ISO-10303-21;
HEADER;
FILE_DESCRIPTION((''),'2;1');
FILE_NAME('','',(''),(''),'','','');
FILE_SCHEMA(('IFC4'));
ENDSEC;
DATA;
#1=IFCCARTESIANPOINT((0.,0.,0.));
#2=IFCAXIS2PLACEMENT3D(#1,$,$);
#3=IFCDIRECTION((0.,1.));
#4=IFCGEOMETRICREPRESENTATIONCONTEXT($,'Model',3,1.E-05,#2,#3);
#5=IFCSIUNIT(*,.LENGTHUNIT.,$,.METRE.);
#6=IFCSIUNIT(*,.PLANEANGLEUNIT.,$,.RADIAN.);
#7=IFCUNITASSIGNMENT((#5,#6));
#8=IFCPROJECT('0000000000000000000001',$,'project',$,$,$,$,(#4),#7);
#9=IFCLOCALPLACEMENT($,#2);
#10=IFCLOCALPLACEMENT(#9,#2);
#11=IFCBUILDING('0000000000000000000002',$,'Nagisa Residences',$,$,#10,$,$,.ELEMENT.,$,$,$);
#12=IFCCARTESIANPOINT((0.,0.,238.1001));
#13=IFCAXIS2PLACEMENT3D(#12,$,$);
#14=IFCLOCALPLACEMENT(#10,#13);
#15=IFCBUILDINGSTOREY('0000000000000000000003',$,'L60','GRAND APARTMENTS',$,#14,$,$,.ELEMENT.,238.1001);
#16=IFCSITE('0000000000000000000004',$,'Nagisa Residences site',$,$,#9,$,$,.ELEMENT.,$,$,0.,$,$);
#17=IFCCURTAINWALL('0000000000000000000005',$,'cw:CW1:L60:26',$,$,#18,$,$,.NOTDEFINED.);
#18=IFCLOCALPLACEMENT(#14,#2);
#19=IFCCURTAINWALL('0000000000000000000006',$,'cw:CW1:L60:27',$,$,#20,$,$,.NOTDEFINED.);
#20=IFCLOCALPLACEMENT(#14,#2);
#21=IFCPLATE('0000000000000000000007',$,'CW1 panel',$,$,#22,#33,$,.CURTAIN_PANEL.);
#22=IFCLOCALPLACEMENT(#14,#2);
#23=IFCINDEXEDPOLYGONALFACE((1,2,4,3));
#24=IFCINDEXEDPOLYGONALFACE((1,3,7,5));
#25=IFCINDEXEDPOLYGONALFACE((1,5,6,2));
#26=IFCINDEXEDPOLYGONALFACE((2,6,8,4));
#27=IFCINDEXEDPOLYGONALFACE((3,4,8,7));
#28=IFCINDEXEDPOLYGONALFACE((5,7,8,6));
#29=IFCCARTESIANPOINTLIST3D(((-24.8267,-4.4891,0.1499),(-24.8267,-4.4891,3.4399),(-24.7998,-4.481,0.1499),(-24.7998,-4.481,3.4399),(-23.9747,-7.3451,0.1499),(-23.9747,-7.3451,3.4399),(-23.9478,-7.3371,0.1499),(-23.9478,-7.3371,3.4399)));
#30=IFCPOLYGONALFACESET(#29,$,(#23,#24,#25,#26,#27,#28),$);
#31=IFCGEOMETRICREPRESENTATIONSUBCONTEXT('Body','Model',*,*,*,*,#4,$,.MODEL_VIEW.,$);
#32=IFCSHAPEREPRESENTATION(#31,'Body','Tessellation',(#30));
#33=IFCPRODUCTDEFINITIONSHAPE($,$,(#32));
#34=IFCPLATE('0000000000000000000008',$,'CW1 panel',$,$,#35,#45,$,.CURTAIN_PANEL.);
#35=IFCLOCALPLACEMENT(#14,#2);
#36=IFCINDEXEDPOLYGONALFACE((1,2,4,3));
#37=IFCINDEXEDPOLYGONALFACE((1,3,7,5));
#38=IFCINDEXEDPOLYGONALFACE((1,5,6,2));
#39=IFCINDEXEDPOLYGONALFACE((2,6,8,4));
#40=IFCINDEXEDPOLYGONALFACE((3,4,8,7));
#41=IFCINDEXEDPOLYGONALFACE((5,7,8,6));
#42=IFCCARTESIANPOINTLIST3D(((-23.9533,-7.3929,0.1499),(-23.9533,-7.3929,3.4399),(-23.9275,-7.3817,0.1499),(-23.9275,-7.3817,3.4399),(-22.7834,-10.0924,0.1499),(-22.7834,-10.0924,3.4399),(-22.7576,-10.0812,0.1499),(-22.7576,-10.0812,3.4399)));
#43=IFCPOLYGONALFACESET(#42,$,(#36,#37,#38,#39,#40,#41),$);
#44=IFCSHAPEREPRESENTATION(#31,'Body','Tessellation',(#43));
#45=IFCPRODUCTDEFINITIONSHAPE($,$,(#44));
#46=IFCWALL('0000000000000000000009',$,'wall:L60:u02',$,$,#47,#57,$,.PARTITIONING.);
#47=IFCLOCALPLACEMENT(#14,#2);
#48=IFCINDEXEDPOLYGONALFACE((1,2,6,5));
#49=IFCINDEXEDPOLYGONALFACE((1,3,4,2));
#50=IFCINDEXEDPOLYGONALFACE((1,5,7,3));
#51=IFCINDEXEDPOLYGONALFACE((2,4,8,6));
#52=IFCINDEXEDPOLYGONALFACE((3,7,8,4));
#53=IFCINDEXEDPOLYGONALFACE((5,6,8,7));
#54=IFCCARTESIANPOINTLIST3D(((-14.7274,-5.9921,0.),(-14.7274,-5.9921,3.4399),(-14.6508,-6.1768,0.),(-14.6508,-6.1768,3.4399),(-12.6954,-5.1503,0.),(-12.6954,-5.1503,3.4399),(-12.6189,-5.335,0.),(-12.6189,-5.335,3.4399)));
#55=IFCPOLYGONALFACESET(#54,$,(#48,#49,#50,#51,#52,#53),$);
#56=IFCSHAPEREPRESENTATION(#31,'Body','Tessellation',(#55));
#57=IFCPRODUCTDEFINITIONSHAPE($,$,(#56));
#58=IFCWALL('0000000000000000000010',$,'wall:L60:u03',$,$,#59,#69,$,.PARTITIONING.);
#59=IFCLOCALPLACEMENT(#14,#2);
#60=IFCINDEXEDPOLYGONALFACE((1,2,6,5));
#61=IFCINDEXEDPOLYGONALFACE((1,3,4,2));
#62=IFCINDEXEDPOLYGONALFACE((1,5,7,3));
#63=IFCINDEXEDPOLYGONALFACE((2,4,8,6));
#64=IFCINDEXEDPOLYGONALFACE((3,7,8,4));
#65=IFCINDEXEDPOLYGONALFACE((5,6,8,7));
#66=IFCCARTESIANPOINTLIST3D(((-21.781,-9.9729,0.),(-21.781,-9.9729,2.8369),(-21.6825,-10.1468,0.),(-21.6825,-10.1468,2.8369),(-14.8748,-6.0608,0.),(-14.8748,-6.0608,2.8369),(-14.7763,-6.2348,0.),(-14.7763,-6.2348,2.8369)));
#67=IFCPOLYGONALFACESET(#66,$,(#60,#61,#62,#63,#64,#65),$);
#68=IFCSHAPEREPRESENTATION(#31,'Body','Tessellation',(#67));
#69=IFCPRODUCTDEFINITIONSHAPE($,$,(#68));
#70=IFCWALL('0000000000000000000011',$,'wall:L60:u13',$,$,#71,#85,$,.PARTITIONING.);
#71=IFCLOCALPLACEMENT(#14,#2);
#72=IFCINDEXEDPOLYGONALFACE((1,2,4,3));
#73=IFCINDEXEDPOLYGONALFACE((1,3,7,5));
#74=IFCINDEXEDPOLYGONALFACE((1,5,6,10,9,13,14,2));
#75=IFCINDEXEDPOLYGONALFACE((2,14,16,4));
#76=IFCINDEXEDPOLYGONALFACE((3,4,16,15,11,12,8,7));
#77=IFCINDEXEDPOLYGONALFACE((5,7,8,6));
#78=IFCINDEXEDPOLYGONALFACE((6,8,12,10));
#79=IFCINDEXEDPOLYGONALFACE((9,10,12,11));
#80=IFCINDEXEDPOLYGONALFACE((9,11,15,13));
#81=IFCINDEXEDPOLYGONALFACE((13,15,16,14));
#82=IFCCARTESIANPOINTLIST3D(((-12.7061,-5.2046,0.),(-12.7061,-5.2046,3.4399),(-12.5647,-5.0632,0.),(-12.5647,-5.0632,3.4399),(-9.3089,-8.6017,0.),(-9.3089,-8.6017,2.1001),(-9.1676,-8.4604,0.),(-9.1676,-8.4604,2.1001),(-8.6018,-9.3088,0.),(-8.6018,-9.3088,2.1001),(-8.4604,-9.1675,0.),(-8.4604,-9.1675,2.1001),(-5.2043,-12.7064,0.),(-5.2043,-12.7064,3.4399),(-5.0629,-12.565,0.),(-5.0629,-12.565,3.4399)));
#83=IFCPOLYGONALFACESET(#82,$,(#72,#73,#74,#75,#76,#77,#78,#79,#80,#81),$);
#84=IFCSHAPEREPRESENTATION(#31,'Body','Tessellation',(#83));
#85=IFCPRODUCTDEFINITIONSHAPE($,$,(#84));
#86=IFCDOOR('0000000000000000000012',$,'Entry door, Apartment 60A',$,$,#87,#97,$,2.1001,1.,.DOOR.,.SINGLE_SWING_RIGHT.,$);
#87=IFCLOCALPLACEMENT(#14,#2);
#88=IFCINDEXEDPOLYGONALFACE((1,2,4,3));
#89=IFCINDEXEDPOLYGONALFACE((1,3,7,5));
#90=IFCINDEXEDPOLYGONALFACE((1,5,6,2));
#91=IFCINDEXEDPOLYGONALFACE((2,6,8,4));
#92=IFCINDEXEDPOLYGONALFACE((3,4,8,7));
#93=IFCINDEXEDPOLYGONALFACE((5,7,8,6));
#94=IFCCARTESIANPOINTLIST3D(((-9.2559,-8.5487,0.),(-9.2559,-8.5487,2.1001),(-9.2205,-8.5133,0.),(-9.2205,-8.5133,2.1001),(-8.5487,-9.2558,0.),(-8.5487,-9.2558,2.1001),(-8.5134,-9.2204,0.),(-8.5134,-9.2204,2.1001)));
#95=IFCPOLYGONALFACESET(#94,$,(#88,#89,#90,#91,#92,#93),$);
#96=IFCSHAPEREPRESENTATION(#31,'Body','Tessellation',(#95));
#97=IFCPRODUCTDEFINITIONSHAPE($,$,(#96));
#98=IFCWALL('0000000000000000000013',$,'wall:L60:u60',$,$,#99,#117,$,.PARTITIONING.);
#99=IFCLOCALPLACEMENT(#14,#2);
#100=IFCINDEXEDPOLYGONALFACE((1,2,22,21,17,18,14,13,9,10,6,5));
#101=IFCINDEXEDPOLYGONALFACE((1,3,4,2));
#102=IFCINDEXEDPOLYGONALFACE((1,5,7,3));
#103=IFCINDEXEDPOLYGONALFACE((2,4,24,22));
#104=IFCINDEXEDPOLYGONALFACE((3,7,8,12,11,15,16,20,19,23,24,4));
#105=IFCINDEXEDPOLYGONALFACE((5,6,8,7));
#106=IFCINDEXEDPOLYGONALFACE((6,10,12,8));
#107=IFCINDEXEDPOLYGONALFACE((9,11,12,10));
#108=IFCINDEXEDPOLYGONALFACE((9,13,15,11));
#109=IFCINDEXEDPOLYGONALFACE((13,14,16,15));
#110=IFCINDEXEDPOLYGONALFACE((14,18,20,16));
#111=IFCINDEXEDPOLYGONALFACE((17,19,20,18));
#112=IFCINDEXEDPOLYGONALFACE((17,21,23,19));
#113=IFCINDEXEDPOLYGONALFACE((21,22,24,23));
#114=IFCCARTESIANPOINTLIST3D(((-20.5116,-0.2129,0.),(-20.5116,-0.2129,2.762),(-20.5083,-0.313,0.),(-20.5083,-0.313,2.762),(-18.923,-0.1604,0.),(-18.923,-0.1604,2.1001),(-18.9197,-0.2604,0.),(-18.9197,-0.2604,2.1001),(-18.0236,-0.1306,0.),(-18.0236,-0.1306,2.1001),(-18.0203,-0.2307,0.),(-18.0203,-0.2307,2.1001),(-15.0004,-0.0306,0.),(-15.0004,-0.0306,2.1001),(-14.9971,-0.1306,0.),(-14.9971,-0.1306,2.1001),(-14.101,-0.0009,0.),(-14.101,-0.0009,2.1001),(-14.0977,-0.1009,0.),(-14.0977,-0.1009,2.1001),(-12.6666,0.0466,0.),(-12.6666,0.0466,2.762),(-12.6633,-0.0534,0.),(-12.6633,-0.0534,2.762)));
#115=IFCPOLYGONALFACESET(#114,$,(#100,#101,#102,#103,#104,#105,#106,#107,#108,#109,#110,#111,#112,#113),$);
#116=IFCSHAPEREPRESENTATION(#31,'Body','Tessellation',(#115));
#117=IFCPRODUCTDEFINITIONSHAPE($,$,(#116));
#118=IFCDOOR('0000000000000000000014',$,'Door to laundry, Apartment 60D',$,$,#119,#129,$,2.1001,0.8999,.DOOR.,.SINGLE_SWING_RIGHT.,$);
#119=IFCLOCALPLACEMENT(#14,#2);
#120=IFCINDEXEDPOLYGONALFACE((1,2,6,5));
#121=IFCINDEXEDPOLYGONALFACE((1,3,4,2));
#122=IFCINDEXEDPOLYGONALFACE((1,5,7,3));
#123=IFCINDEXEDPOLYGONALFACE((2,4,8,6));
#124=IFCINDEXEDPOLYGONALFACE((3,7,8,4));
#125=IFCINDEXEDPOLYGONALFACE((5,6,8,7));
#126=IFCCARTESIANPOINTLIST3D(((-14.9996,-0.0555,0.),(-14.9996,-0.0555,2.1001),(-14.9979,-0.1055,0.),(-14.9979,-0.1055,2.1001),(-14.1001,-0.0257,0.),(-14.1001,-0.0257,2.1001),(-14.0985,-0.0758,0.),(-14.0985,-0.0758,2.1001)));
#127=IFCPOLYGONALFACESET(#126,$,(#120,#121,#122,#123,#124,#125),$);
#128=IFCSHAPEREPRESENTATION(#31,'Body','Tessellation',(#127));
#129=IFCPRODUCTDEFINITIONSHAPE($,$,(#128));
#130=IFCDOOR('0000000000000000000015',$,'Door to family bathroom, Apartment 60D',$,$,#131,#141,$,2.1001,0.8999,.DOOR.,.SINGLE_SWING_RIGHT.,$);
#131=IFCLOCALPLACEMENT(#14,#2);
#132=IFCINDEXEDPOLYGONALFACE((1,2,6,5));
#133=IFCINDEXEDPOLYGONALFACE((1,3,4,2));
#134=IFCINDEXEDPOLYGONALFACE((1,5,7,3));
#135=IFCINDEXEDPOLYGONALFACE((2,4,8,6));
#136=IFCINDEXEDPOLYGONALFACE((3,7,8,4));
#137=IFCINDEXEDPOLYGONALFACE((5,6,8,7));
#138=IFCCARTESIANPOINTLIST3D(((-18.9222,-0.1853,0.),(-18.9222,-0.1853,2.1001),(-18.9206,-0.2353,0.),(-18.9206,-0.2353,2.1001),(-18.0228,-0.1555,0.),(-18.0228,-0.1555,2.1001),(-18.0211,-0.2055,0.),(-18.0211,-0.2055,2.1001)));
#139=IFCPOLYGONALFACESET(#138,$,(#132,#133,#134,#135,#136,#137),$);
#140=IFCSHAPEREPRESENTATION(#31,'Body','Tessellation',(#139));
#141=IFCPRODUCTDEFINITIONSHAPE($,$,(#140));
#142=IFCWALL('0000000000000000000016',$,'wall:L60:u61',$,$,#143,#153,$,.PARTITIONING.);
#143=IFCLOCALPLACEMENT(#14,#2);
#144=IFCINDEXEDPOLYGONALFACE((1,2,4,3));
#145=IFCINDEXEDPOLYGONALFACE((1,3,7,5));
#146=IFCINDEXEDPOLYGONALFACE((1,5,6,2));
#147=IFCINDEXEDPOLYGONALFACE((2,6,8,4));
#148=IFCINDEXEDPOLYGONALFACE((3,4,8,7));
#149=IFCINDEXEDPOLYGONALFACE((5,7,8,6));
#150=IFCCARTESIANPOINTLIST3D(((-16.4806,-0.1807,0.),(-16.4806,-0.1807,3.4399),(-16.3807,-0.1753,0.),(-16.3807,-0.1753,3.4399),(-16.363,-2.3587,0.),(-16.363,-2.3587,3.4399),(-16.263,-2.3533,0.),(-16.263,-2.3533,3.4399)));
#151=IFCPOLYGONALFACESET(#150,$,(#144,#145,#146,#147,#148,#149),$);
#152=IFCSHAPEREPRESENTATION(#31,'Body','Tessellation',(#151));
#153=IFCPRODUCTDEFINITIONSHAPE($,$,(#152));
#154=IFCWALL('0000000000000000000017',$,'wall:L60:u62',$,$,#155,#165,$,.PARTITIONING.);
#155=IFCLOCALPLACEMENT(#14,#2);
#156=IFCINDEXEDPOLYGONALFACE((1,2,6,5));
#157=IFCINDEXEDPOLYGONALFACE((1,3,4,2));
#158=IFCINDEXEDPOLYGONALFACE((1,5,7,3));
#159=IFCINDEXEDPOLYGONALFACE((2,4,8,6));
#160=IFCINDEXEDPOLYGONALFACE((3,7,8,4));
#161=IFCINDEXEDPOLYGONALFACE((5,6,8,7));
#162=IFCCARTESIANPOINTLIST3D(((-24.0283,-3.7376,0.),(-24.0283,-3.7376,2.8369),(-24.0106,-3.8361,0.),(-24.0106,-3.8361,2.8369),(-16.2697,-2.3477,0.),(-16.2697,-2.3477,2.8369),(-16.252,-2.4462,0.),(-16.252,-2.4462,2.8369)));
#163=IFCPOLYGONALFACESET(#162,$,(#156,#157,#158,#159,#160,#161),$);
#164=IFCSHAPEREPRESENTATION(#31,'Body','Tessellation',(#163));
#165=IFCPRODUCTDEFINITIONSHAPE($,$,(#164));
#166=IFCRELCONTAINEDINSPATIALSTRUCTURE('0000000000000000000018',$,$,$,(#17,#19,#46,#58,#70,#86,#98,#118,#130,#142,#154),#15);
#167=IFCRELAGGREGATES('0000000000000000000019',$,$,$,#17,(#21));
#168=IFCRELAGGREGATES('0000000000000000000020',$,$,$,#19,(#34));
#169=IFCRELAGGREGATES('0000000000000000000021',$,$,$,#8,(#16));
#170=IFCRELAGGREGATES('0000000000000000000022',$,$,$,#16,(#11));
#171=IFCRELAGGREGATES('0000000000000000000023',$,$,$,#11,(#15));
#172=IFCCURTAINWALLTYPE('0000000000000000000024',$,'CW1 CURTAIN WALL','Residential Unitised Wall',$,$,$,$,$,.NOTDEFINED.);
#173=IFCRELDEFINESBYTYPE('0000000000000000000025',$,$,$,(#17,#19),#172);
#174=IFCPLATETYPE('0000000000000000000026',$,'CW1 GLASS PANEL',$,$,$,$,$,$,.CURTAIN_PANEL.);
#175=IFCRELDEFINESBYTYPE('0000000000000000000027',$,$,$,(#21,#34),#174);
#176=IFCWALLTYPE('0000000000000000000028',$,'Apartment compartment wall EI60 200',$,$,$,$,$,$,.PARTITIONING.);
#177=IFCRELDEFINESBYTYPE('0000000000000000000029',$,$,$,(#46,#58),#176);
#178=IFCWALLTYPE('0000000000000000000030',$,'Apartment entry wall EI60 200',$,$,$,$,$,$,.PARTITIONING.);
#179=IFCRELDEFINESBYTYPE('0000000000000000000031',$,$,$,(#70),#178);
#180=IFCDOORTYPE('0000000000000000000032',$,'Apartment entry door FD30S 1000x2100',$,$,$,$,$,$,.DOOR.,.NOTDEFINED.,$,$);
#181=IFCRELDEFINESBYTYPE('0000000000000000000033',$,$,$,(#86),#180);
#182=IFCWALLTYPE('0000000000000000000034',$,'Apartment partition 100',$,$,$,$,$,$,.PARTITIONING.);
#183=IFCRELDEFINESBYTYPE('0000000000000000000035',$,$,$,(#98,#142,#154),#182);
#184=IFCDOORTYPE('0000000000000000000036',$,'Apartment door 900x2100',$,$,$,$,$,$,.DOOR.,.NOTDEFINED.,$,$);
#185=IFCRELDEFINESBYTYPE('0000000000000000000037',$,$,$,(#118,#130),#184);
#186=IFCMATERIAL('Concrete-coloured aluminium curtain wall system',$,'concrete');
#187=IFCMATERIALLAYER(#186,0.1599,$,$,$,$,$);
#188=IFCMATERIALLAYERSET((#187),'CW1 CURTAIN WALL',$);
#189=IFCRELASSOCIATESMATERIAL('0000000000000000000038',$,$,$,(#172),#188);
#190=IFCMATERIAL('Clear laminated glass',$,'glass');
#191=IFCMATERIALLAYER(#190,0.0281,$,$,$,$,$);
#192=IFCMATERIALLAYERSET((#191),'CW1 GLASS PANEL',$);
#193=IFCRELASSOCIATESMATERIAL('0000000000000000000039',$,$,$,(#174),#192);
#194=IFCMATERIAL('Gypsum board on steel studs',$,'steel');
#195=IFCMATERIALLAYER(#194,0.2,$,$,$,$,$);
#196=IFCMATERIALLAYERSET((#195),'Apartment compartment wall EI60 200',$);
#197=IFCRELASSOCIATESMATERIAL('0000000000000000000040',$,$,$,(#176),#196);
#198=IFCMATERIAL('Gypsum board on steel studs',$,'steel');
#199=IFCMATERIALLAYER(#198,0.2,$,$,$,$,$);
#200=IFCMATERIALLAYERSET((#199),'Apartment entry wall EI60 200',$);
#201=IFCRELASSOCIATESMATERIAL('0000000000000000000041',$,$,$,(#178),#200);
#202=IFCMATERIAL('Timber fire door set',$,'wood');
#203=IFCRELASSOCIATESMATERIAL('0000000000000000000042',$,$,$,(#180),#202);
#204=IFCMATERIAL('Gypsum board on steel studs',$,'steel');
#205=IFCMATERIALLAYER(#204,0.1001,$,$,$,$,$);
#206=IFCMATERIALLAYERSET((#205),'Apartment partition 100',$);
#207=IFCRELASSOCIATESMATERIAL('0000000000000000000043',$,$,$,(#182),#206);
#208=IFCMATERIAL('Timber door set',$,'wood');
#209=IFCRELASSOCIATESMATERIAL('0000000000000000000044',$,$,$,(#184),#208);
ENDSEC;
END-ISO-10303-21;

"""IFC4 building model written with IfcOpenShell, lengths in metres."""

from ifc_helpers import new_model, si_unit, direction, frame, frame_2d, origin, origin_2d, place, context, subcontext, project, spatial, rectangle, extrude, material, layer, layer_set, type_object, element, fill, aggregate, save


model = new_model("IFC4")

# Units and contexts
model_context = context("Model", 3, precision=1e-05, world=origin(), true_north=direction((0.0, 1.0)))
body_context = subcontext(model_context, "Body", "Model", "MODEL_VIEW")
ifc_project = project(units=[si_unit("LENGTHUNIT", "METRE"), si_unit("PLANEANGLEUNIT", "RADIAN")], contexts=[model_context])

# Site, building, storey
site_placement = place(None, origin())
site = spatial("IfcSite", under=ifc_project, at=site_placement, Name="Nagisa Residences site", CompositionType="ELEMENT", RefElevation=0.0)
building_placement = place(site_placement, origin())
building = spatial("IfcBuilding", under=site, at=building_placement, Name="Nagisa Residences", CompositionType="ELEMENT")
storey_placement = place(building_placement, frame((0.0, 0.0, 238.1001)))
storey = spatial("IfcBuildingStorey", under=building, at=storey_placement, Name="L60", Description="GRAND APARTMENTS", CompositionType="ELEMENT", Elevation=238.1001)

# Curtain walls
ifc_material_1 = material(Name="Concrete-coloured aluminium curtain wall system", Category="concrete")
ifc_layer_1 = layer(ifc_material_1, 0.1599)
ifc_layer_set_1 = layer_set([ifc_layer_1], Name="CW1 CURTAIN WALL")
curtain_wall_type = type_object("IfcCurtainWallType", Name="CW1 CURTAIN WALL", Description="Residential Unitised Wall", PredefinedType="NOTDEFINED", material=ifc_layer_set_1)
curtain_wall_1_placement = place(storey_placement, origin())
curtain_wall_1 = element("IfcCurtainWall", 1, at=curtain_wall_1_placement, inside=storey, type_object=curtain_wall_type, Name="cw:CW1:L60:26", PredefinedType="NOTDEFINED")
curtain_wall_2_placement = place(storey_placement, origin())
curtain_wall_2 = element("IfcCurtainWall", 2, at=curtain_wall_2_placement, inside=storey, type_object=curtain_wall_type, Name="cw:CW1:L60:27", PredefinedType="NOTDEFINED")

# Plates
ifc_material_2 = material(Name="Clear laminated glass", Category="glass")
ifc_layer_2 = layer(ifc_material_2, 0.0281)
ifc_layer_set_2 = layer_set([ifc_layer_2], Name="CW1 GLASS PANEL")
plate_type = type_object("IfcPlateType", Name="CW1 GLASS PANEL", PredefinedType="CURTAIN_PANEL", material=ifc_layer_set_2)
plate_1_placement = place(storey_placement, frame((-24.3872, -5.9131, 0.1499), z_axis=(0.0, 0.0, 1.0), x_axis=(0.28586, -0.958271, 0.0)))
plate_1 = element("IfcPlate", 3, at=plate_1_placement, type_object=plate_type, Name="CW1 panel", PredefinedType="CURTAIN_PANEL", context=body_context, shape_type="SweptSolid", body=[
    extrude(rectangle(XDim=2.9805, YDim=0.0281, at=origin_2d()), origin(), (0.0, 0.0, 1.0), 3.29),
])
aggregate(curtain_wall_1, [plate_1])
plate_2_placement = place(storey_placement, frame((-23.3555, -8.7371, 0.1499), z_axis=(0.0, 0.0, 1.0), x_axis=(0.397636, -0.917543, 0.0)))
plate_2 = element("IfcPlate", 4, at=plate_2_placement, type_object=plate_type, Name="CW1 panel", PredefinedType="CURTAIN_PANEL", context=body_context, shape_type="SweptSolid", body=[
    extrude(rectangle(XDim=2.9421, YDim=0.0281, at=origin_2d()), origin(), (0.0, 0.0, 1.0), 3.29),
])
aggregate(curtain_wall_2, [plate_2])

# Walls
ifc_material_3 = material(Name="Gypsum board on steel studs", Category="steel")
ifc_layer_3 = layer(ifc_material_3, 0.2)
ifc_layer_set_3 = layer_set([ifc_layer_3], Name="Apartment compartment wall EI60 200")
wall_type_1 = type_object("IfcWallType", Name="Apartment compartment wall EI60 200", PredefinedType="PARTITIONING", material=ifc_layer_set_3)
wall_1_placement = place(storey_placement, frame((-12.6572, -5.2427, 0.0), z_axis=(0.0, 0.0, 1.0), x_axis=(-0.92386, -0.382731, 0.0)))
element("IfcWall", 5, at=wall_1_placement, inside=storey, type_object=wall_type_1, Name="wall:L60:u02", PredefinedType="PARTITIONING", context=body_context, shape_type="SweptSolid", body=[
    extrude(rectangle(XDim=2.1995, YDim=0.2, at=frame_2d((1.0996, 0.0))), origin(), (0.0, 0.0, 1.0), 3.4399),
])
wall_2_placement = place(storey_placement, frame((-14.8254, -6.1477, 0.0), z_axis=(0.0, 0.0, 1.0), x_axis=(-0.8701, -0.492876, 0.0)))
element("IfcWall", 6, at=wall_2_placement, inside=storey, type_object=wall_type_1, Name="wall:L60:u03", PredefinedType="PARTITIONING", context=body_context, shape_type="SweptSolid", body=[
    extrude(rectangle(XDim=7.9373, YDim=0.2, at=frame_2d((3.9688, 0.0))), origin(), (0.0, 0.0, 1.0), 2.8369),
])

# Wall, opening, door
ifc_material_4 = material(Name="Gypsum board on steel studs", Category="steel")
ifc_layer_4 = layer(ifc_material_4, 0.2)
ifc_layer_set_4 = layer_set([ifc_layer_4], Name="Apartment entry wall EI60 200")
wall_type_2 = type_object("IfcWallType", Name="Apartment entry wall EI60 200", PredefinedType="PARTITIONING", material=ifc_layer_set_4)
wall_3_placement = place(storey_placement, frame((-12.6355, -5.1338, 0.0), z_axis=(0.0, 0.0, 1.0), x_axis=(0.707107, -0.707107, 0.0)))
wall_3 = element("IfcWall", 7, at=wall_3_placement, inside=storey, type_object=wall_type_2, Name="wall:L60:u13", PredefinedType="PARTITIONING", context=body_context, shape_type="SweptSolid", body=[
    extrude(rectangle(XDim=10.6091, YDim=0.2, at=frame_2d((5.3047, 0.0))), origin(), (0.0, 0.0, 1.0), 3.4399),
])
opening_1_placement = place(wall_3_placement, frame((4.8044, 0.0, 0.0)))
opening_1 = element("IfcOpeningElement", 8, at=opening_1_placement, cuts=wall_3, PredefinedType="OPENING", context=body_context, shape_type="SweptSolid", body=[
    extrude(rectangle(XDim=1.0, YDim=2.1001, at=frame_2d((0.5, 1.05))), frame((0.0, 0.1099, 0.0), z_axis=(0.0, -1.0, 0.0), x_axis=(1.0, 0.0, 0.0)), (0.0, 0.0, 1.0), 0.22),
])
ifc_material_5 = material(Name="Timber fire door set", Category="wood")
door_type_1 = type_object("IfcDoorType", Name="Apartment entry door FD30S 1000x2100", OperationType="NOTDEFINED", PredefinedType="DOOR", material=ifc_material_5)
door_1_placement = place(opening_1_placement, frame((1.0, 0.0, 0.0), x_axis=(-1.0, 0.0, 0.0)))
door_1 = element("IfcDoor", 9, at=door_1_placement, inside=storey, type_object=door_type_1, Name="Entry door, Apartment 60A", OperationType="SINGLE_SWING_RIGHT", OverallHeight=2.1001, OverallWidth=1.0, PredefinedType="DOOR", context=body_context, shape_type="SweptSolid", body=[
    extrude(rectangle(XDim=1.0, YDim=2.1001, at=frame_2d((0.5, 1.05))), frame((0.0, 0.0249, 0.0), z_axis=(0.0, -1.0, 0.0), x_axis=(1.0, 0.0, 0.0)), (0.0, 0.0, 1.0), 0.05),
])
fill(opening_1, door_1)

# Wall, openings, doors
ifc_material_6 = material(Name="Gypsum board on steel studs", Category="steel")
ifc_layer_5 = layer(ifc_material_6, 0.1001)
ifc_layer_set_5 = layer_set([ifc_layer_5], Name="Apartment partition 100")
wall_type_3 = type_object("IfcWallType", Name="Apartment partition 100", PredefinedType="PARTITIONING", material=ifc_layer_set_5)
wall_4_placement = place(storey_placement, frame((-12.6648, -0.0034, 0.0), z_axis=(0.0, 0.0, 1.0), x_axis=(-0.999453, -0.033063, 0.0)))
wall_4 = element("IfcWall", 10, at=wall_4_placement, inside=storey, type_object=wall_type_3, Name="wall:L60:u60", PredefinedType="PARTITIONING", context=body_context, shape_type="SweptSolid", body=[
    extrude(rectangle(XDim=7.8494, YDim=0.1001, at=frame_2d((3.9248, 0.0))), origin(), (0.0, 0.0, 1.0), 2.762),
])
opening_2_placement = place(wall_4_placement, frame((1.4353, 0.0, 0.0)))
opening_2 = element("IfcOpeningElement", 11, at=opening_2_placement, cuts=wall_4, PredefinedType="OPENING", context=body_context, shape_type="SweptSolid", body=[
    extrude(rectangle(XDim=0.8999, YDim=2.1001, at=frame_2d((0.45, 1.05))), frame((0.0, 0.0601, 0.0), z_axis=(0.0, -1.0, 0.0), x_axis=(1.0, 0.0, 0.0)), (0.0, 0.0, 1.0), 0.1201),
])
opening_3_placement = place(wall_4_placement, frame((5.3601, 0.0, 0.0)))
opening_3 = element("IfcOpeningElement", 12, at=opening_3_placement, cuts=wall_4, PredefinedType="OPENING", context=body_context, shape_type="SweptSolid", body=[
    extrude(rectangle(XDim=0.8999, YDim=2.1001, at=frame_2d((0.45, 1.05))), frame((0.0, 0.0601, 0.0), z_axis=(0.0, -1.0, 0.0), x_axis=(1.0, 0.0, 0.0)), (0.0, 0.0, 1.0), 0.1201),
])
ifc_material_7 = material(Name="Timber door set", Category="wood")
door_type_2 = type_object("IfcDoorType", Name="Apartment door 900x2100", OperationType="NOTDEFINED", PredefinedType="DOOR", material=ifc_material_7)
door_2_placement = place(opening_2_placement, origin())
door_2 = element("IfcDoor", 13, at=door_2_placement, inside=storey, type_object=door_type_2, Name="Door to laundry, Apartment 60D", OperationType="SINGLE_SWING_RIGHT", OverallHeight=2.1001, OverallWidth=0.8999, PredefinedType="DOOR", context=body_context, shape_type="SweptSolid", body=[
    extrude(rectangle(XDim=0.8999, YDim=2.1001, at=frame_2d((0.45, 1.05))), frame((0.0, 0.0249, 0.0), z_axis=(0.0, -1.0, 0.0), x_axis=(1.0, 0.0, 0.0)), (0.0, 0.0, 1.0), 0.05),
])
fill(opening_2, door_2)
door_3_placement = place(opening_3_placement, origin())
door_3 = element("IfcDoor", 14, at=door_3_placement, inside=storey, type_object=door_type_2, Name="Door to family bathroom, Apartment 60D", OperationType="SINGLE_SWING_RIGHT", OverallHeight=2.1001, OverallWidth=0.8999, PredefinedType="DOOR", context=body_context, shape_type="SweptSolid", body=[
    extrude(rectangle(XDim=0.8999, YDim=2.1001, at=frame_2d((0.45, 1.05))), frame((0.0, 0.0249, 0.0), z_axis=(0.0, -1.0, 0.0), x_axis=(1.0, 0.0, 0.0)), (0.0, 0.0, 1.0), 0.05),
])
fill(opening_3, door_3)

# Walls
wall_5_placement = place(storey_placement, frame((-16.4307, -0.178, 0.0), z_axis=(0.0, 0.0, 1.0), x_axis=(0.053951, -0.998544, 0.0)))
element("IfcWall", 15, at=wall_5_placement, inside=storey, type_object=wall_type_3, Name="wall:L60:u61", PredefinedType="PARTITIONING", context=body_context, shape_type="SweptSolid", body=[
    extrude(rectangle(XDim=2.1812, YDim=0.1001, at=frame_2d((1.0906, 0.0))), origin(), (0.0, 0.0, 1.0), 3.4399),
])
wall_6_placement = place(storey_placement, frame((-16.261, -2.397, 0.0), z_axis=(0.0, 0.0, 1.0), x_axis=(-0.98433, -0.176336, 0.0)))
element("IfcWall", 16, at=wall_6_placement, inside=storey, type_object=wall_type_3, Name="wall:L60:u62", PredefinedType="PARTITIONING", context=body_context, shape_type="SweptSolid", body=[
    extrude(rectangle(XDim=7.8821, YDim=0.1001, at=frame_2d((3.9409, 0.0))), origin(), (0.0, 0.0, 1.0), 2.8369),
])

save(model, "model.ifc")
